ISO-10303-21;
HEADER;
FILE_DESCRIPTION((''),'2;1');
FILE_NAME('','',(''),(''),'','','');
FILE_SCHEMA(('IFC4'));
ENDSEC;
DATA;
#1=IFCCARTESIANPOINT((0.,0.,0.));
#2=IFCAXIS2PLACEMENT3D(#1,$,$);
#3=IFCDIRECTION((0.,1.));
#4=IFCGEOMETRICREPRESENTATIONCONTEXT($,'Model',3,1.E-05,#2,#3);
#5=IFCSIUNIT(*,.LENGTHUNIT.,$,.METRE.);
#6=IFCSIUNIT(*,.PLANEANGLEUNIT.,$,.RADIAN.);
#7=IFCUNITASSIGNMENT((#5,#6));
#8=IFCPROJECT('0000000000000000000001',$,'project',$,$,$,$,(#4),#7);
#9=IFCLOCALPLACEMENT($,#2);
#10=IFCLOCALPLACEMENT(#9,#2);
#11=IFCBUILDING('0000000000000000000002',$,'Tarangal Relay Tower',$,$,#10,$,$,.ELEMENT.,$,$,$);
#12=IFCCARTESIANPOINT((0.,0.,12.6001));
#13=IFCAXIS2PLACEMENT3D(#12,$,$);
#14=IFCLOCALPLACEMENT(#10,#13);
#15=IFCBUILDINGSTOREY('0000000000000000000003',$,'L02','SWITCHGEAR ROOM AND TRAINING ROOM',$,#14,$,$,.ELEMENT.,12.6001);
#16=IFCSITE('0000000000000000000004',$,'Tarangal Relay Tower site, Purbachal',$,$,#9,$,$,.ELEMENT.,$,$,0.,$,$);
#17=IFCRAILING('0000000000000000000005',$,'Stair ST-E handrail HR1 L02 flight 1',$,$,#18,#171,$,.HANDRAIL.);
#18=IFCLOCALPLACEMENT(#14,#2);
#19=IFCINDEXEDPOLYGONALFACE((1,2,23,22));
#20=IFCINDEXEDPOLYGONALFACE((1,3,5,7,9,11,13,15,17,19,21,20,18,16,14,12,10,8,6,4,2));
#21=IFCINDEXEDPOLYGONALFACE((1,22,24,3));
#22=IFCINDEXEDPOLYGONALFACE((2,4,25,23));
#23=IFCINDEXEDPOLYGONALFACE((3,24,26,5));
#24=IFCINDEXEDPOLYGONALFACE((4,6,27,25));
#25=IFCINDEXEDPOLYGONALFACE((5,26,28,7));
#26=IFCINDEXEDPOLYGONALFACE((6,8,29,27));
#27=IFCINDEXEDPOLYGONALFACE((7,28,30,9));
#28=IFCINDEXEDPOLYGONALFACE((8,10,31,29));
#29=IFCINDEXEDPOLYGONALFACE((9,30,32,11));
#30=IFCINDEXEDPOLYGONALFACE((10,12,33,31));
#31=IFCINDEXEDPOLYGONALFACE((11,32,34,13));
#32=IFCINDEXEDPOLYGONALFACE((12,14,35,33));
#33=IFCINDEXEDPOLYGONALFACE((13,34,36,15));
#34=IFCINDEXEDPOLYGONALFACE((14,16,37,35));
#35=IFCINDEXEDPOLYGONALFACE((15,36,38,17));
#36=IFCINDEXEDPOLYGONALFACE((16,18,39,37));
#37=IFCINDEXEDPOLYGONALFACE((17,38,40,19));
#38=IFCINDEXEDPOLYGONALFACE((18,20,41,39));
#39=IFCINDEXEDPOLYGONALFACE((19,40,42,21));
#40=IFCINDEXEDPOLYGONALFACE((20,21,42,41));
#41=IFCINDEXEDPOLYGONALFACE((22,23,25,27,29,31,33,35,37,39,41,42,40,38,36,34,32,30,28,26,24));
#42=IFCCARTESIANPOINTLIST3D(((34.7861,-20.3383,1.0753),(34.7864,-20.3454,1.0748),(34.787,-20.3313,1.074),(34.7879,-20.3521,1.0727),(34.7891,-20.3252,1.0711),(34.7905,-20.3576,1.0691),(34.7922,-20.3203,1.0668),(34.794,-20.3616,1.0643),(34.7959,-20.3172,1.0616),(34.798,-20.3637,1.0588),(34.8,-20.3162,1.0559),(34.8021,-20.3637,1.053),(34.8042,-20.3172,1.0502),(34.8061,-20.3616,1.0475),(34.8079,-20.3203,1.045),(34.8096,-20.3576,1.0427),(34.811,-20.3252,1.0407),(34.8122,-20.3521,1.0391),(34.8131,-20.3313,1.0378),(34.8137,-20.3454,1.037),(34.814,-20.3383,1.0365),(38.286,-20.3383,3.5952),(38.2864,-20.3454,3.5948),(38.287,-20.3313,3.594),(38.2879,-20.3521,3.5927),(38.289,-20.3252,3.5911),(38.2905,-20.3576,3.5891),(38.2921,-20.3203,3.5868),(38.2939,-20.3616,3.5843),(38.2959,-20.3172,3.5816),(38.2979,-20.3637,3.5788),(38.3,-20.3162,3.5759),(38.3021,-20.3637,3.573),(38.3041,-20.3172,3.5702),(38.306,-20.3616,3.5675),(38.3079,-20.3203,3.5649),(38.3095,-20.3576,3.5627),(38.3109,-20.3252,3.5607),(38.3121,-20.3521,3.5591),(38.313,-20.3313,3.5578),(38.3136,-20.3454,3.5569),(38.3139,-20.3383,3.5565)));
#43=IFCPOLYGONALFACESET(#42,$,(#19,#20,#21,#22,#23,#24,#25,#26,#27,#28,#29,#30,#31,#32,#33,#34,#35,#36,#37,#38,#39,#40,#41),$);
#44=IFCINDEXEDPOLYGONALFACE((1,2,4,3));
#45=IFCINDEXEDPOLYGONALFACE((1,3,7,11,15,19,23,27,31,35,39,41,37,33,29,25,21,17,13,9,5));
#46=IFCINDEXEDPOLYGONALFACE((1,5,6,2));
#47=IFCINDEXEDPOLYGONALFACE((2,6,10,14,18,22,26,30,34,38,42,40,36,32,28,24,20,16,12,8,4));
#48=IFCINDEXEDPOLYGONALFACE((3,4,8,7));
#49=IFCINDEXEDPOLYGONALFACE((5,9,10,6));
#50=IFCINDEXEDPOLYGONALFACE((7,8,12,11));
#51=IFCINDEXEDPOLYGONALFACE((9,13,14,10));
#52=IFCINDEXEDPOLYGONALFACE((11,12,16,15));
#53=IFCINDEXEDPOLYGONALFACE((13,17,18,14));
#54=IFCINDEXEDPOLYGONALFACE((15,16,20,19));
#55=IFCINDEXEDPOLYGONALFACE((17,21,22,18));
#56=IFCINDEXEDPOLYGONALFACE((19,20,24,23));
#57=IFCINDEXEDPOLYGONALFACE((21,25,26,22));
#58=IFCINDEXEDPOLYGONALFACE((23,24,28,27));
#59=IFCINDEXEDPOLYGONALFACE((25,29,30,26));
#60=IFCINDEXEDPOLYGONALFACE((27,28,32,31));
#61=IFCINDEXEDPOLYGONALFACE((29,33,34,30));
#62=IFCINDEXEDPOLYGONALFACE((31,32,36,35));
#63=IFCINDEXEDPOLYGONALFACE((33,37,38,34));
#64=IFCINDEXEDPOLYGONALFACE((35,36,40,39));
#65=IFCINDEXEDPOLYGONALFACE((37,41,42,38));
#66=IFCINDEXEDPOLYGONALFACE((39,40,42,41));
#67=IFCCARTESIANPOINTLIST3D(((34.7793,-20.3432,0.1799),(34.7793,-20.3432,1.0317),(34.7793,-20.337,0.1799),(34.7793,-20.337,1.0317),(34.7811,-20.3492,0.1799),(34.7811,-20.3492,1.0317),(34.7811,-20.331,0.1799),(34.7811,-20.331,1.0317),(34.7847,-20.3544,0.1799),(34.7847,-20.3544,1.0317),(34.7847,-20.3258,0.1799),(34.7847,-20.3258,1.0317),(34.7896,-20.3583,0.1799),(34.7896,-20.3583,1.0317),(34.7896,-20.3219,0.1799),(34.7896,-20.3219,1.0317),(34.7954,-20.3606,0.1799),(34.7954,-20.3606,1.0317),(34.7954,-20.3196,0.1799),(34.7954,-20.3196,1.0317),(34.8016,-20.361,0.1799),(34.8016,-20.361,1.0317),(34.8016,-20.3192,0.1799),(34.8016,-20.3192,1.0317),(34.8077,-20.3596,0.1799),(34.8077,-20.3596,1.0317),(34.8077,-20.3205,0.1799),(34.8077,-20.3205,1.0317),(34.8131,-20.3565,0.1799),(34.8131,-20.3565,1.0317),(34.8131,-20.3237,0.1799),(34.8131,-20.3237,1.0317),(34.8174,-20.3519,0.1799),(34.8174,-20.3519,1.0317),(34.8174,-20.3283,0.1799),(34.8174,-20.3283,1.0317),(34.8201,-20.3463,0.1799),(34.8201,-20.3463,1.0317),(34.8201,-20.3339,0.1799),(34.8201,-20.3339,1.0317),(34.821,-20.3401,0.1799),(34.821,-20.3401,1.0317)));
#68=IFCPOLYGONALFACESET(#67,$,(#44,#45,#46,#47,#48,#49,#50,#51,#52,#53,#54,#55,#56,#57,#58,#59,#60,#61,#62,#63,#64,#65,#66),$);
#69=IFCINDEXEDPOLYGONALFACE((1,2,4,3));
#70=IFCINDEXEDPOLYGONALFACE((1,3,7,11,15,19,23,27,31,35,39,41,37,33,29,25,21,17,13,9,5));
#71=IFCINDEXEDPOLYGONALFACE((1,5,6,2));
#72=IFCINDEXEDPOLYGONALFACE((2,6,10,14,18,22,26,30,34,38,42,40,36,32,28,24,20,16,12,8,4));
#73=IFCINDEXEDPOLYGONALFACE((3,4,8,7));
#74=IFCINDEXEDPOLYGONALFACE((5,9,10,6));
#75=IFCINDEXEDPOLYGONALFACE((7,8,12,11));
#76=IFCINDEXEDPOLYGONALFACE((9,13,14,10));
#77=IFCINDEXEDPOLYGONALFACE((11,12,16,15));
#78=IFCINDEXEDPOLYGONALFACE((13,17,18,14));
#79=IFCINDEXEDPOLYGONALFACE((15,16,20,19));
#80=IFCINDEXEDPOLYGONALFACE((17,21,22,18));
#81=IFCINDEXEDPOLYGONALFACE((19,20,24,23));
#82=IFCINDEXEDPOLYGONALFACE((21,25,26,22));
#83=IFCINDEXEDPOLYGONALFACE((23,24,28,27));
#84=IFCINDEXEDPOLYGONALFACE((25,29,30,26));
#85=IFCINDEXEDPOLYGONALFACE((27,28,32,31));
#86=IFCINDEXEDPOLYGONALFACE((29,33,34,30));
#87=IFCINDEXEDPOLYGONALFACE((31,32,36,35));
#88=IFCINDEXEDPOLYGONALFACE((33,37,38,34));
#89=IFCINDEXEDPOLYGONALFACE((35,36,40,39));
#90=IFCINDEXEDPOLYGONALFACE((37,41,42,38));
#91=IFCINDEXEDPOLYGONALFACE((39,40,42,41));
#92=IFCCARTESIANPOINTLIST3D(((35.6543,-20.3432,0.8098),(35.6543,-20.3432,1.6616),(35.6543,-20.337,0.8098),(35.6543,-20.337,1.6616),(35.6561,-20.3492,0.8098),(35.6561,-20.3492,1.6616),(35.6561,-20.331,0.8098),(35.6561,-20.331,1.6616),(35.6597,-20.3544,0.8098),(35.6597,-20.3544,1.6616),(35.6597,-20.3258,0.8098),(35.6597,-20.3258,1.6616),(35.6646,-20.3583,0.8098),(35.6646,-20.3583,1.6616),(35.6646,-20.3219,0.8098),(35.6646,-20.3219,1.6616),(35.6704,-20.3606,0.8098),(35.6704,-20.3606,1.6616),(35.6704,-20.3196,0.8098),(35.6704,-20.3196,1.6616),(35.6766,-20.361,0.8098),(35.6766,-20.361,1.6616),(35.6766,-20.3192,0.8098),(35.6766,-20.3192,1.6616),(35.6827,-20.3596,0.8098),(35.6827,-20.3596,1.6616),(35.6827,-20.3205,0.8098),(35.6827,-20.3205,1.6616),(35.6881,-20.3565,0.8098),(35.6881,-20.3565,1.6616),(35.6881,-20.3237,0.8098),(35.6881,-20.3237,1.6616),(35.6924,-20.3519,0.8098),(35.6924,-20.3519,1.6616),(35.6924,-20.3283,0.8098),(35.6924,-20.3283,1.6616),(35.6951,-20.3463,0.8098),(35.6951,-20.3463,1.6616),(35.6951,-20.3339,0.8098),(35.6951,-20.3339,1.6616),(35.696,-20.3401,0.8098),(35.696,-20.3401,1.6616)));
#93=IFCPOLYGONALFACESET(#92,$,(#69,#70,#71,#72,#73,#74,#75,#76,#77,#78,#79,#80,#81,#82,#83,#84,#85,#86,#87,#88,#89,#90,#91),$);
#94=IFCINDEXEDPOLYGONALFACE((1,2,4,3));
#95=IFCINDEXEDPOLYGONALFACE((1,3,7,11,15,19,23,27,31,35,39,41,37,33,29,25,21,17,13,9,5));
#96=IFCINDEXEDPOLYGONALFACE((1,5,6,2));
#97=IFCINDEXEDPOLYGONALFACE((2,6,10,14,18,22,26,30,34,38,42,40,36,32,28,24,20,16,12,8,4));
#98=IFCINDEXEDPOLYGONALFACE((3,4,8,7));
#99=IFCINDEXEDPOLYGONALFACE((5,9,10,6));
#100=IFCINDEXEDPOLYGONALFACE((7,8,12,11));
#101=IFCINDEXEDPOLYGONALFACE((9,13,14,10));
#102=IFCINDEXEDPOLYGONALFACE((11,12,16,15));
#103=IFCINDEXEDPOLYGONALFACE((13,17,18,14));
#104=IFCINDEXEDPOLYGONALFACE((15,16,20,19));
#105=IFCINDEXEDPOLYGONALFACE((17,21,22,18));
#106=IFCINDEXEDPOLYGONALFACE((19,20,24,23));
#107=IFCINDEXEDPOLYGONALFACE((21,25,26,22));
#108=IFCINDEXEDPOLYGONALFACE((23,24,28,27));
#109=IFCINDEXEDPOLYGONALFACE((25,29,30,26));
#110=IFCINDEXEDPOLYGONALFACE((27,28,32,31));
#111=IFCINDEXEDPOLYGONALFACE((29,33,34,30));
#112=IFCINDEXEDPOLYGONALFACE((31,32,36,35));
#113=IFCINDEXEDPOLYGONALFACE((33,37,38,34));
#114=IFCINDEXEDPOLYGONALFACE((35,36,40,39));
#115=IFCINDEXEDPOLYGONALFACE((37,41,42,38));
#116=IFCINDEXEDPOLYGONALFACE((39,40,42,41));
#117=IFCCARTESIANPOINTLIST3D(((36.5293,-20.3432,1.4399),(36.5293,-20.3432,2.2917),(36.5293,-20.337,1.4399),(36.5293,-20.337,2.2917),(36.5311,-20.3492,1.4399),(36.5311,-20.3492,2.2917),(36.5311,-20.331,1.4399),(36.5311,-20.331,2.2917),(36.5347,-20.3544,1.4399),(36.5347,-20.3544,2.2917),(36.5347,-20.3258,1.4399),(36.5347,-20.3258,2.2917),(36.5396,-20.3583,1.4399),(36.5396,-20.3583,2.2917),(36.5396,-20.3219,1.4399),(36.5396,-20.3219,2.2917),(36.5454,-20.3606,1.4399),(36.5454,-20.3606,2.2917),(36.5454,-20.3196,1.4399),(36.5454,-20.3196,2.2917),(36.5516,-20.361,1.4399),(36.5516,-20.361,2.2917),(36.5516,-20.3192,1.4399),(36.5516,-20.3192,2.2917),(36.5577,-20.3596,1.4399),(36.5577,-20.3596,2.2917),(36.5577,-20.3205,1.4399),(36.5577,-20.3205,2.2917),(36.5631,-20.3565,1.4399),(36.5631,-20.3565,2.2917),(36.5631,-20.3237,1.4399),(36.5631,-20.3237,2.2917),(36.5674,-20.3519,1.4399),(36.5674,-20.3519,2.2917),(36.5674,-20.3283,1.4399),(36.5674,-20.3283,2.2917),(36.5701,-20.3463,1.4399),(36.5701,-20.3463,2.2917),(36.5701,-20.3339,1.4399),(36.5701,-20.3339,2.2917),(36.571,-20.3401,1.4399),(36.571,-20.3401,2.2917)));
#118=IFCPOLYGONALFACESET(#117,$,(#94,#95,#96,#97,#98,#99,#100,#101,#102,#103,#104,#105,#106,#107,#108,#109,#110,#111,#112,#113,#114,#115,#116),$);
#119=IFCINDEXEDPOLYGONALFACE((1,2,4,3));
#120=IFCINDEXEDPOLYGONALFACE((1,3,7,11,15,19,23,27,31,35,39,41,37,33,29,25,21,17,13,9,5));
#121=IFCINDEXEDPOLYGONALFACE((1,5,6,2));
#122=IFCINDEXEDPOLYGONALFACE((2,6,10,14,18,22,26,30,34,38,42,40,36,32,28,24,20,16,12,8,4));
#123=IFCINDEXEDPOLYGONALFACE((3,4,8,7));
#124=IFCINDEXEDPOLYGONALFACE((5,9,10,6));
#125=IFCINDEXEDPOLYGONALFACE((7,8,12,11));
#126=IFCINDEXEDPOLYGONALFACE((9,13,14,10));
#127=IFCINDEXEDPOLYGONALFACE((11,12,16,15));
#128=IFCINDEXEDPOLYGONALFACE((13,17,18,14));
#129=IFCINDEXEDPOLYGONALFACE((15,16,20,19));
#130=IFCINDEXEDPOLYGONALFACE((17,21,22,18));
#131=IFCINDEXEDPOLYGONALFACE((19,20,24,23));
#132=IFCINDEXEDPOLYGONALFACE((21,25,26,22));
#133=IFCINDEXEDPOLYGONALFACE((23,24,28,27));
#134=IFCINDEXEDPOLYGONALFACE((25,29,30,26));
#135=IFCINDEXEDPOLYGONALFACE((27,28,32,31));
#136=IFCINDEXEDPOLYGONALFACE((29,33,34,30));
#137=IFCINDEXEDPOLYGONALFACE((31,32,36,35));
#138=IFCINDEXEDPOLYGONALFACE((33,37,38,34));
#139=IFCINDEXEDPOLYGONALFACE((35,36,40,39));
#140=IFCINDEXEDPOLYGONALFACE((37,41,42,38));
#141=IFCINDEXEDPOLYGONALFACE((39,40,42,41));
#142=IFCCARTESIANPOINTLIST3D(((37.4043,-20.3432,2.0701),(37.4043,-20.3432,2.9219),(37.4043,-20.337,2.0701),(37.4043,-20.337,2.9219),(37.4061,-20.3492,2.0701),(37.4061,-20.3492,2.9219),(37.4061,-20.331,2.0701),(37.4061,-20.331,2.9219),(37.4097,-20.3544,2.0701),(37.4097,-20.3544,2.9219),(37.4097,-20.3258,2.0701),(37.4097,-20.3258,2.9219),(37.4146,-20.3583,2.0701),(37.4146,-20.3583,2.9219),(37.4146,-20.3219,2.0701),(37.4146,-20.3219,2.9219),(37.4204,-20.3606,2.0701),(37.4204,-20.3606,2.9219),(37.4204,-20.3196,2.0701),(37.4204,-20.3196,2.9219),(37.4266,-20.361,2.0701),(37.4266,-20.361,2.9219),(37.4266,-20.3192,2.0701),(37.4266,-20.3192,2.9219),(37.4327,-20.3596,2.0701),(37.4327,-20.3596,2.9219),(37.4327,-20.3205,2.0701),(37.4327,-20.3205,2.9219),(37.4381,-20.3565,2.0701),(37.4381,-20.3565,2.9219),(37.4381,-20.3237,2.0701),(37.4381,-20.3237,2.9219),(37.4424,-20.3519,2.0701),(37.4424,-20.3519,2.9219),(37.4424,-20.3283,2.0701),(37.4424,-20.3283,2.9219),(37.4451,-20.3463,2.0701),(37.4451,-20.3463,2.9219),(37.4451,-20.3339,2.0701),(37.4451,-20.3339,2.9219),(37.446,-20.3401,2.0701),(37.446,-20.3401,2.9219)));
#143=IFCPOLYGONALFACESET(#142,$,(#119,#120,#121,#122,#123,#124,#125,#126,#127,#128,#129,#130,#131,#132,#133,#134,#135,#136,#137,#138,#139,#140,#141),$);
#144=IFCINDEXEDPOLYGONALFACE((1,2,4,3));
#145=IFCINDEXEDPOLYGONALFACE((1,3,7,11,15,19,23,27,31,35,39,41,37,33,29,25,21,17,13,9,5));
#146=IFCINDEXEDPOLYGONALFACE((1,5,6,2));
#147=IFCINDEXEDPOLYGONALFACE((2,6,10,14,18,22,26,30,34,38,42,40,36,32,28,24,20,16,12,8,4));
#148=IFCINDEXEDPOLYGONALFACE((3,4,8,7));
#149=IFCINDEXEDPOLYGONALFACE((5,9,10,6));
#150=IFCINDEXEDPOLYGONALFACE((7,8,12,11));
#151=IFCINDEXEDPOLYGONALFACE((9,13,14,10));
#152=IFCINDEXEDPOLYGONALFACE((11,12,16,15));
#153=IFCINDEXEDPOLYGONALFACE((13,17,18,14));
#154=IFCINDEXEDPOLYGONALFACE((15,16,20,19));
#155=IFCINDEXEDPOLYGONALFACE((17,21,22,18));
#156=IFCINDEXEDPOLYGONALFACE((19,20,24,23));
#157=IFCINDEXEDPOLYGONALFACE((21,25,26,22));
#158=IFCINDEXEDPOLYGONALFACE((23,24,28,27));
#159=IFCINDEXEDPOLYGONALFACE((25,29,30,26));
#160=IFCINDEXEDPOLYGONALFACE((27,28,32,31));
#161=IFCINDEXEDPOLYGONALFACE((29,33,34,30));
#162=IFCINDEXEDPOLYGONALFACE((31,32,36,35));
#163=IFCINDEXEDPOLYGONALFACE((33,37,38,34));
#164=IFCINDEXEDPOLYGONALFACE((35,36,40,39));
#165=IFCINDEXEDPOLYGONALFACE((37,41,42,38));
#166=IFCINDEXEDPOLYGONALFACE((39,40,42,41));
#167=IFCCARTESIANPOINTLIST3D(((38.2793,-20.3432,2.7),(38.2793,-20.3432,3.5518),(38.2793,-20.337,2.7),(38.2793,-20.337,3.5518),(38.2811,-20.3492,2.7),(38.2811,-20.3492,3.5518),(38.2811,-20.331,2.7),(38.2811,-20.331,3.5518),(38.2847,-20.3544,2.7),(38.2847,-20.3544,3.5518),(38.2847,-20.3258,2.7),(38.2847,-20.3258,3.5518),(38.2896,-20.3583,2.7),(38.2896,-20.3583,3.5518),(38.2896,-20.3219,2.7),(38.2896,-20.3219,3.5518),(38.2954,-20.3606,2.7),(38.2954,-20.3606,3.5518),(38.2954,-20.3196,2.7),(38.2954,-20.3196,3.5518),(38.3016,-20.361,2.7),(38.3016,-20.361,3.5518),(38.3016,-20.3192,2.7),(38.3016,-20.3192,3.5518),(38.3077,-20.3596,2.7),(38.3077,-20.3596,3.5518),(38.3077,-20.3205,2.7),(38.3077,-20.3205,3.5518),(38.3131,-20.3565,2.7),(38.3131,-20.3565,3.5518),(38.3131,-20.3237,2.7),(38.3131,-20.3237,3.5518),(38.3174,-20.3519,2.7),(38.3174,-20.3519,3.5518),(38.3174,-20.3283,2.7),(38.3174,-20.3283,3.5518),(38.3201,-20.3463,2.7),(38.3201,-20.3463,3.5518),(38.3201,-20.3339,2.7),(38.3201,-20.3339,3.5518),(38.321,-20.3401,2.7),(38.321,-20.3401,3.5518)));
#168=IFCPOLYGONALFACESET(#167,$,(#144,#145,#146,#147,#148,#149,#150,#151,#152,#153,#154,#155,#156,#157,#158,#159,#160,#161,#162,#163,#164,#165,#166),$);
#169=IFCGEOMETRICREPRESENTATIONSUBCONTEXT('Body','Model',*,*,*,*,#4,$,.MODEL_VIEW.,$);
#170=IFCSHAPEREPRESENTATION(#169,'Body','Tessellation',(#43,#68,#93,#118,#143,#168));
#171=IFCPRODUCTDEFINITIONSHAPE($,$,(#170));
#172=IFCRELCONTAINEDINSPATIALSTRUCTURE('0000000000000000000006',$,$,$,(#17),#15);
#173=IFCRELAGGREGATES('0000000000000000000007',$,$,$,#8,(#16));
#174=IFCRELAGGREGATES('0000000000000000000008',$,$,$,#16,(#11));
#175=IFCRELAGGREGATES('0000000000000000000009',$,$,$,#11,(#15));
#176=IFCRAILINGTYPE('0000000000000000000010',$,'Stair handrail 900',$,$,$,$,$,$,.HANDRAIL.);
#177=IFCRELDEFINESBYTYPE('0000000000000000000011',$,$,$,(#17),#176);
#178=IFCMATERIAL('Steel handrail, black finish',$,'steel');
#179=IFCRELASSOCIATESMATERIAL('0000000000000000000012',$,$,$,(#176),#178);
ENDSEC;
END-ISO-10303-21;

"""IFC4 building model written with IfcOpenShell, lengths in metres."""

from ifc_helpers import new_model, si_unit, direction, frame, origin, origin_2d, place, context, subcontext, project, spatial, circle, extrude, material, type_object, element, save


model = new_model("IFC4")

# Units and contexts
model_context = context("Model", 3, precision=1e-05, world=origin(), true_north=direction((0.0, 1.0)))
body_context = subcontext(model_context, "Body", "Model", "MODEL_VIEW")
ifc_project = project(units=[si_unit("LENGTHUNIT", "METRE"), si_unit("PLANEANGLEUNIT", "RADIAN")], contexts=[model_context])

# Site, building, storey
site_placement = place(None, origin())
site = spatial("IfcSite", under=ifc_project, at=site_placement, Name="Tarangal Relay Tower site, Purbachal", CompositionType="ELEMENT", RefElevation=0.0)
building_placement = place(site_placement, origin())
building = spatial("IfcBuilding", under=site, at=building_placement, Name="Tarangal Relay Tower", CompositionType="ELEMENT")
storey_placement = place(building_placement, frame((0.0, 0.0, 12.6001)))
storey = spatial("IfcBuildingStorey", under=building, at=storey_placement, Name="L02", Description="SWITCHGEAR ROOM AND TRAINING ROOM", CompositionType="ELEMENT", Elevation=12.6001)

# Railing
ifc_material_1 = material(Name="Steel handrail, black finish", Category="steel")
railing_type_1 = type_object("IfcRailingType", Name="Stair handrail 900", PredefinedType="HANDRAIL", material=ifc_material_1)
railing_1_placement = place(storey_placement, frame((34.8, -20.3401, 0.1799)))
element("IfcRailing", 1, at=railing_1_placement, inside=storey, type_object=railing_type_1, Name="Stair ST-E handrail HR1 L02 flight 1", PredefinedType="HANDRAIL", context=body_context, shape_type="SweptSolid", body=[
    extrude(circle(Radius=0.0239, at=origin_2d()), frame((0.0, 0.0, 0.876), z_axis=(0.811532, 0.0, 0.584308), x_axis=(0.0, 1.0, 0.0)), (0.0, 0.0, 1.0), 4.3127),
    extrude(circle(Radius=0.021, at=origin_2d()), origin(), (0.0, 0.0, 1.0), 0.8518),
    extrude(circle(Radius=0.021, at=origin_2d()), frame((0.875, 0.0, 0.6299)), (0.0, 0.0, 1.0), 0.8518),
    extrude(circle(Radius=0.021, at=origin_2d()), frame((1.75, 0.0, 1.26)), (0.0, 0.0, 1.0), 0.8518),
    extrude(circle(Radius=0.021, at=origin_2d()), frame((2.625, 0.0, 1.8901)), (0.0, 0.0, 1.0), 0.8518),
    extrude(circle(Radius=0.021, at=origin_2d()), frame((3.5, 0.0, 2.52)), (0.0, 0.0, 1.0), 0.8518),
])

save(model, "model.ifc")
